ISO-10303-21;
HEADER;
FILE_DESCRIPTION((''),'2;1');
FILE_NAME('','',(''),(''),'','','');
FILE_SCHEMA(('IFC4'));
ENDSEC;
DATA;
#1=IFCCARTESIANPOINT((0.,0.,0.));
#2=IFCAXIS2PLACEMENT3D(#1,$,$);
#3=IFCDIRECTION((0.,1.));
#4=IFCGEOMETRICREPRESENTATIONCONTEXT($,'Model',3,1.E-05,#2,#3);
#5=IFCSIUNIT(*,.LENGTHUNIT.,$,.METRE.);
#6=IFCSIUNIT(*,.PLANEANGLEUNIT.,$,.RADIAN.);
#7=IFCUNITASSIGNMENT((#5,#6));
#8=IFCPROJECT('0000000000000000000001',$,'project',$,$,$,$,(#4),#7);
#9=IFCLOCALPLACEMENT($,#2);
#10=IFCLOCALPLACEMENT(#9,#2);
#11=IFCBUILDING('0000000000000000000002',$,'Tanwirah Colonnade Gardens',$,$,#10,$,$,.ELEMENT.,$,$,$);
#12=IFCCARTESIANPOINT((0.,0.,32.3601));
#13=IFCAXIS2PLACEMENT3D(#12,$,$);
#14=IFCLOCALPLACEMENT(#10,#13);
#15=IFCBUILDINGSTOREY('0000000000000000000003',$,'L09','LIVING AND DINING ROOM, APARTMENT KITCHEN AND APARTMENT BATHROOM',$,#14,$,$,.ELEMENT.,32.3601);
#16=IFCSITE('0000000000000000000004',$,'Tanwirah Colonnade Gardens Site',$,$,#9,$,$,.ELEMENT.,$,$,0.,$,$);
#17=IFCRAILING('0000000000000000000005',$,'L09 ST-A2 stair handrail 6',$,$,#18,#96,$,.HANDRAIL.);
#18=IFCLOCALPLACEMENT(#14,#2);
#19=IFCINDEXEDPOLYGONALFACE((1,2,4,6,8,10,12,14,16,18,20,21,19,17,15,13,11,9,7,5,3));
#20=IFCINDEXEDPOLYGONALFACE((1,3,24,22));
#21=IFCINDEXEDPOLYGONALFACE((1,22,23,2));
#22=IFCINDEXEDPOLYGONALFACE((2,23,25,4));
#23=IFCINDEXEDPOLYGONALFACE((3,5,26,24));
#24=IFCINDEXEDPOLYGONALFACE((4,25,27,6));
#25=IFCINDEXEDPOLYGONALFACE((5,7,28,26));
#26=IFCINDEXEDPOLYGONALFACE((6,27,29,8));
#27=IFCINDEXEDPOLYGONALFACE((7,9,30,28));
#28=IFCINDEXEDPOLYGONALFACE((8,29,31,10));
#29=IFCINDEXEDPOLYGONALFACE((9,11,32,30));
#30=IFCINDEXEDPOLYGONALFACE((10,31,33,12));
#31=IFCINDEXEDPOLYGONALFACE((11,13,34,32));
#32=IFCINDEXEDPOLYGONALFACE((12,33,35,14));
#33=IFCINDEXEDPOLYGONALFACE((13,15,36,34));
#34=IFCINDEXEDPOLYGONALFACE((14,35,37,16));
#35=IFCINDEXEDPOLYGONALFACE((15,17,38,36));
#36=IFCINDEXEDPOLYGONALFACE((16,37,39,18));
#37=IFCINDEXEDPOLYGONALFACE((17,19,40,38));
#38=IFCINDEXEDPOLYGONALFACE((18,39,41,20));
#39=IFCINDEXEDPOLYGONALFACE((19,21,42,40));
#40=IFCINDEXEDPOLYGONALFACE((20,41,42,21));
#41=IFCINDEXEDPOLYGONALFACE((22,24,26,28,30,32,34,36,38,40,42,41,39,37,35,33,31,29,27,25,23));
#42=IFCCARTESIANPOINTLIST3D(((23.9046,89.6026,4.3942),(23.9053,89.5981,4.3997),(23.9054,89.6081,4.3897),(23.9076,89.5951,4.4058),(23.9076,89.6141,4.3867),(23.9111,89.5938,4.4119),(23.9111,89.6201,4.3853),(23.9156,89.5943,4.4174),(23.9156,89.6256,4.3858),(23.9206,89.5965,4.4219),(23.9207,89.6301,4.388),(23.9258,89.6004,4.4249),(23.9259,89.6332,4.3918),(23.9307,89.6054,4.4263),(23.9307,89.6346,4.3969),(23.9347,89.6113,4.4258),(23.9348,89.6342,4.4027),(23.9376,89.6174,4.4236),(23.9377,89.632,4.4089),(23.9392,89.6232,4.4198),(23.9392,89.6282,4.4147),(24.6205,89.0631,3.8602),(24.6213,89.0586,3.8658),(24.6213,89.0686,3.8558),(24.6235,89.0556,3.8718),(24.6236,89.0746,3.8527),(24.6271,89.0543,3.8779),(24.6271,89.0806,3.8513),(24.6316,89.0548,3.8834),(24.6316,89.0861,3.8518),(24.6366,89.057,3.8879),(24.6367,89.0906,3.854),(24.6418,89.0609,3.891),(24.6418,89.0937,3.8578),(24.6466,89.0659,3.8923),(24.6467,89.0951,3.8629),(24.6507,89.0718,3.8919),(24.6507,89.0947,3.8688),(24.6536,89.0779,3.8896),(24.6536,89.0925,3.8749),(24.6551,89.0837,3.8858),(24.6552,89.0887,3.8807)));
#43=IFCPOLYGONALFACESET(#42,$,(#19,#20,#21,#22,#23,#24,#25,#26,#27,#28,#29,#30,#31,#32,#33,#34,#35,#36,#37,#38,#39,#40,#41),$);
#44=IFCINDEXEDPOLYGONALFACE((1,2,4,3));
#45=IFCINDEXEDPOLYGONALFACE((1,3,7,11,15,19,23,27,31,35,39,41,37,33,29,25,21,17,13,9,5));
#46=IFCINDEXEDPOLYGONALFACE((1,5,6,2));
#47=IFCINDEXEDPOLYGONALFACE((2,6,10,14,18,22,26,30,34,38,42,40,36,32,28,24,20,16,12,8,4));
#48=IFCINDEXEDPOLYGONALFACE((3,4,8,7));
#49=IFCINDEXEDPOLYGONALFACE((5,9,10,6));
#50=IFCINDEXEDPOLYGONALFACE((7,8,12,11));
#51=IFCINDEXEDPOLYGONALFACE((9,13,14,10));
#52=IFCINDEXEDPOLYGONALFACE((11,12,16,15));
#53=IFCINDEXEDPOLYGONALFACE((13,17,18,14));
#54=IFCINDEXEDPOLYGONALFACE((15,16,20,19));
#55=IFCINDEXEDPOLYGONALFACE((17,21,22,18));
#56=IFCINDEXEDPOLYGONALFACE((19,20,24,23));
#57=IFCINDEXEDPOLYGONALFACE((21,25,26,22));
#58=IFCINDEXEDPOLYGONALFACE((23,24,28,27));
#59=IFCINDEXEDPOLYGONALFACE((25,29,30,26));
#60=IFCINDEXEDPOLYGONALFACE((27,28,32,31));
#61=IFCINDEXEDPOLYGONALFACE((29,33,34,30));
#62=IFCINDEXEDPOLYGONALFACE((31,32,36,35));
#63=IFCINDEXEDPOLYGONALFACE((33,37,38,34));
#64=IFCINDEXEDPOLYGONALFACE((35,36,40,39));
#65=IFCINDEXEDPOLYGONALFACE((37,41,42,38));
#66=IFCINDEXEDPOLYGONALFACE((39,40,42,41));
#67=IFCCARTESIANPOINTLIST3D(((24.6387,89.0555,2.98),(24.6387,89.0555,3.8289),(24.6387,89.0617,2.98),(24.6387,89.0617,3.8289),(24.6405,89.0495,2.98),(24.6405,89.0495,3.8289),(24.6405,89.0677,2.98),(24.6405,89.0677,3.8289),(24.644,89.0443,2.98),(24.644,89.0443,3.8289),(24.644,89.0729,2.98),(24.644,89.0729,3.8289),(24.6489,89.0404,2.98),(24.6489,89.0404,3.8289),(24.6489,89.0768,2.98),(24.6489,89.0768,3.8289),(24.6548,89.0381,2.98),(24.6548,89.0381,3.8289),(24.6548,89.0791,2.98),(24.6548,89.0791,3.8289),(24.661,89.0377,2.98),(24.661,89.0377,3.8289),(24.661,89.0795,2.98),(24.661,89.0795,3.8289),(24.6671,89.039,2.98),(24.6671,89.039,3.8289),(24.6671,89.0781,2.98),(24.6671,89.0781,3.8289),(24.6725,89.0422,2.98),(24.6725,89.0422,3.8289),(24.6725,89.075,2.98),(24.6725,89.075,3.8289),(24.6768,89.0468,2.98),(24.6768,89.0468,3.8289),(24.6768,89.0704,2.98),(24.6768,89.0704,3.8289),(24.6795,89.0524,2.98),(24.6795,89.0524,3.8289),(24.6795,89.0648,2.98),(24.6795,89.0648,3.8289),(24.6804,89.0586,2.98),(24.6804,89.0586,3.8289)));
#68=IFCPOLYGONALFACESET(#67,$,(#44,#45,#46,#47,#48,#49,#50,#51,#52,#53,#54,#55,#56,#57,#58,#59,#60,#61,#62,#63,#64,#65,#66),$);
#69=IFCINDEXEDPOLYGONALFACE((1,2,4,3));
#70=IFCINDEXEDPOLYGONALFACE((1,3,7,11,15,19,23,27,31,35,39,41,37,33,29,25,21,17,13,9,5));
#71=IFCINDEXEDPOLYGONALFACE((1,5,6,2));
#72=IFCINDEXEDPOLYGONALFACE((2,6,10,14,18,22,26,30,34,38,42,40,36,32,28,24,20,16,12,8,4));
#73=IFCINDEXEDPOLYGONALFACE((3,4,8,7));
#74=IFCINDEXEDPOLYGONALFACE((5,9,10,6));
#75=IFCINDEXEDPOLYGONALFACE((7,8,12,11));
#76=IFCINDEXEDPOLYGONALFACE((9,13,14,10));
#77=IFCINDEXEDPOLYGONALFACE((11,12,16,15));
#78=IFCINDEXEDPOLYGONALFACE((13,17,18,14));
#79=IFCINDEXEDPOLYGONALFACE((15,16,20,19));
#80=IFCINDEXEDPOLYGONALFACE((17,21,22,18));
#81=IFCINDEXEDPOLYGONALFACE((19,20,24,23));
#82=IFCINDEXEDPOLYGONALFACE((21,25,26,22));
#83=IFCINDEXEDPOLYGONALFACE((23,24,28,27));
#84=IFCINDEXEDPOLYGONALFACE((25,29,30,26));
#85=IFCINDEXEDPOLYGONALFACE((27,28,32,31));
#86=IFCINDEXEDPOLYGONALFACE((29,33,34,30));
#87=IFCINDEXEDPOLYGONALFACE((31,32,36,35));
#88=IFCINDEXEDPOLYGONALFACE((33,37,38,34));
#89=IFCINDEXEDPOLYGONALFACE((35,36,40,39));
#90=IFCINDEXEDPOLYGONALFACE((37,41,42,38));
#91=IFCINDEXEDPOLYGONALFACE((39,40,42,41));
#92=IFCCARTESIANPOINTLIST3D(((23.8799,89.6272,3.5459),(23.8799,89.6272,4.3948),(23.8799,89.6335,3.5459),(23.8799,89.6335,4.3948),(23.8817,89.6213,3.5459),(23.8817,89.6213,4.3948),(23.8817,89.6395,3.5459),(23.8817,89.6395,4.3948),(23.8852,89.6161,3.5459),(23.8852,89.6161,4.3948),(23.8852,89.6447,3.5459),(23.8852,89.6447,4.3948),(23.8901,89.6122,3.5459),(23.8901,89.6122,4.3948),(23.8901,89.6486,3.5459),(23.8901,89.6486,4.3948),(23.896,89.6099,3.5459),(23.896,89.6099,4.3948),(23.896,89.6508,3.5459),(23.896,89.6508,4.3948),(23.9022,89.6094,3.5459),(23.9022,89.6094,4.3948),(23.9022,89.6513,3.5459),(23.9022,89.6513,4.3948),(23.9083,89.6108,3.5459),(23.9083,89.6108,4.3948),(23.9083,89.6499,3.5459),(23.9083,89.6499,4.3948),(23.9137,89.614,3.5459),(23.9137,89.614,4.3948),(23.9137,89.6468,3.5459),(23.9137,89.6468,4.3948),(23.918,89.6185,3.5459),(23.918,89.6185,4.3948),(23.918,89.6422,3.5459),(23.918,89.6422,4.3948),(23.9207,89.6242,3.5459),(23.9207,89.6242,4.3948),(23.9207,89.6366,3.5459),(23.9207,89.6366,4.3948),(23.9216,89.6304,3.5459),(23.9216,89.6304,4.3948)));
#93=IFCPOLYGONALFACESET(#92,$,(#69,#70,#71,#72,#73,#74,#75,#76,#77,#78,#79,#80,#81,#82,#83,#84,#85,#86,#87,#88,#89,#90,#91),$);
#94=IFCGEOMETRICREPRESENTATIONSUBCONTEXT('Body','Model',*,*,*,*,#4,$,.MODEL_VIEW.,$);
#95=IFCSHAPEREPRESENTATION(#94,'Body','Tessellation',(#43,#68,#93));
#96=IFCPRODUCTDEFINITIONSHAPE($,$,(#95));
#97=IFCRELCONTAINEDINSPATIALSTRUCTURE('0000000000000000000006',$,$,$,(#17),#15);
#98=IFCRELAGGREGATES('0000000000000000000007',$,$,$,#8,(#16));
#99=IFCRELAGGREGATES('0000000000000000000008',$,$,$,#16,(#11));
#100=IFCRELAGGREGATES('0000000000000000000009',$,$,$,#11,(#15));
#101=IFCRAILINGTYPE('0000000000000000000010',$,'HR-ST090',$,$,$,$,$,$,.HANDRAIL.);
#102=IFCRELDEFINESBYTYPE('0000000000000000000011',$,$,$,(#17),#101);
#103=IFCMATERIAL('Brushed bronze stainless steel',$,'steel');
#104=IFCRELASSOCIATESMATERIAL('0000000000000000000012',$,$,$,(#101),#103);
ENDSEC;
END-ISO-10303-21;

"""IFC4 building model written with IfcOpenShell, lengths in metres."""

from ifc_helpers import new_model, si_unit, direction, frame, origin, origin_2d, place, context, subcontext, project, spatial, circle, extrude, material, type_object, element, save


model = new_model("IFC4")

# Units and contexts
model_context = context("Model", 3, precision=1e-05, world=origin(), true_north=direction((0.0, 1.0)))
body_context = subcontext(model_context, "Body", "Model", "MODEL_VIEW")
ifc_project = project(units=[si_unit("LENGTHUNIT", "METRE"), si_unit("PLANEANGLEUNIT", "RADIAN")], contexts=[model_context])

# Site, building, storey
site_placement = place(None, origin())
site = spatial("IfcSite", under=ifc_project, at=site_placement, Name="Tanwirah Colonnade Gardens Site", CompositionType="ELEMENT", RefElevation=0.0)
building_placement = place(site_placement, origin())
building = spatial("IfcBuilding", under=site, at=building_placement, Name="Tanwirah Colonnade Gardens", CompositionType="ELEMENT")
storey_placement = place(building_placement, frame((0.0, 0.0, 32.3601)))
storey = spatial("IfcBuildingStorey", under=building, at=storey_placement, Name="L09", Description="LIVING AND DINING ROOM, APARTMENT KITCHEN AND APARTMENT BATHROOM", CompositionType="ELEMENT", Elevation=32.3601)

# Railing
ifc_material_1 = material(Name="Brushed bronze stainless steel", Category="steel")
railing_type_1 = type_object("IfcRailingType", Name="HR-ST090", PredefinedType="HANDRAIL", material=ifc_material_1)
railing_1_placement = place(storey_placement, frame((24.6594, 89.0586, 2.98)))
element("IfcRailing", 1, at=railing_1_placement, inside=storey, type_object=railing_type_1, Name="L09 ST-A2 stair handrail 6", PredefinedType="HANDRAIL", context=body_context, shape_type="SweptSolid", body=[
    extrude(circle(Radius=0.0239, at=origin_2d()), frame((-0.0215, 0.0161, 0.8918), z_axis=(-0.686145, 0.517037, 0.511739), x_axis=(-0.601807, -0.798641, 0.0)), (0.0, 0.0, 1.0), 1.0435),
    extrude(circle(Radius=0.021, at=origin_2d()), origin(), (0.0, 0.0, 1.0), 0.8489),
    extrude(circle(Radius=0.021, at=origin_2d()), frame((-0.7588, 0.5718, 0.5659)), (0.0, 0.0, 1.0), 0.8489),
])

save(model, "model.ifc")
